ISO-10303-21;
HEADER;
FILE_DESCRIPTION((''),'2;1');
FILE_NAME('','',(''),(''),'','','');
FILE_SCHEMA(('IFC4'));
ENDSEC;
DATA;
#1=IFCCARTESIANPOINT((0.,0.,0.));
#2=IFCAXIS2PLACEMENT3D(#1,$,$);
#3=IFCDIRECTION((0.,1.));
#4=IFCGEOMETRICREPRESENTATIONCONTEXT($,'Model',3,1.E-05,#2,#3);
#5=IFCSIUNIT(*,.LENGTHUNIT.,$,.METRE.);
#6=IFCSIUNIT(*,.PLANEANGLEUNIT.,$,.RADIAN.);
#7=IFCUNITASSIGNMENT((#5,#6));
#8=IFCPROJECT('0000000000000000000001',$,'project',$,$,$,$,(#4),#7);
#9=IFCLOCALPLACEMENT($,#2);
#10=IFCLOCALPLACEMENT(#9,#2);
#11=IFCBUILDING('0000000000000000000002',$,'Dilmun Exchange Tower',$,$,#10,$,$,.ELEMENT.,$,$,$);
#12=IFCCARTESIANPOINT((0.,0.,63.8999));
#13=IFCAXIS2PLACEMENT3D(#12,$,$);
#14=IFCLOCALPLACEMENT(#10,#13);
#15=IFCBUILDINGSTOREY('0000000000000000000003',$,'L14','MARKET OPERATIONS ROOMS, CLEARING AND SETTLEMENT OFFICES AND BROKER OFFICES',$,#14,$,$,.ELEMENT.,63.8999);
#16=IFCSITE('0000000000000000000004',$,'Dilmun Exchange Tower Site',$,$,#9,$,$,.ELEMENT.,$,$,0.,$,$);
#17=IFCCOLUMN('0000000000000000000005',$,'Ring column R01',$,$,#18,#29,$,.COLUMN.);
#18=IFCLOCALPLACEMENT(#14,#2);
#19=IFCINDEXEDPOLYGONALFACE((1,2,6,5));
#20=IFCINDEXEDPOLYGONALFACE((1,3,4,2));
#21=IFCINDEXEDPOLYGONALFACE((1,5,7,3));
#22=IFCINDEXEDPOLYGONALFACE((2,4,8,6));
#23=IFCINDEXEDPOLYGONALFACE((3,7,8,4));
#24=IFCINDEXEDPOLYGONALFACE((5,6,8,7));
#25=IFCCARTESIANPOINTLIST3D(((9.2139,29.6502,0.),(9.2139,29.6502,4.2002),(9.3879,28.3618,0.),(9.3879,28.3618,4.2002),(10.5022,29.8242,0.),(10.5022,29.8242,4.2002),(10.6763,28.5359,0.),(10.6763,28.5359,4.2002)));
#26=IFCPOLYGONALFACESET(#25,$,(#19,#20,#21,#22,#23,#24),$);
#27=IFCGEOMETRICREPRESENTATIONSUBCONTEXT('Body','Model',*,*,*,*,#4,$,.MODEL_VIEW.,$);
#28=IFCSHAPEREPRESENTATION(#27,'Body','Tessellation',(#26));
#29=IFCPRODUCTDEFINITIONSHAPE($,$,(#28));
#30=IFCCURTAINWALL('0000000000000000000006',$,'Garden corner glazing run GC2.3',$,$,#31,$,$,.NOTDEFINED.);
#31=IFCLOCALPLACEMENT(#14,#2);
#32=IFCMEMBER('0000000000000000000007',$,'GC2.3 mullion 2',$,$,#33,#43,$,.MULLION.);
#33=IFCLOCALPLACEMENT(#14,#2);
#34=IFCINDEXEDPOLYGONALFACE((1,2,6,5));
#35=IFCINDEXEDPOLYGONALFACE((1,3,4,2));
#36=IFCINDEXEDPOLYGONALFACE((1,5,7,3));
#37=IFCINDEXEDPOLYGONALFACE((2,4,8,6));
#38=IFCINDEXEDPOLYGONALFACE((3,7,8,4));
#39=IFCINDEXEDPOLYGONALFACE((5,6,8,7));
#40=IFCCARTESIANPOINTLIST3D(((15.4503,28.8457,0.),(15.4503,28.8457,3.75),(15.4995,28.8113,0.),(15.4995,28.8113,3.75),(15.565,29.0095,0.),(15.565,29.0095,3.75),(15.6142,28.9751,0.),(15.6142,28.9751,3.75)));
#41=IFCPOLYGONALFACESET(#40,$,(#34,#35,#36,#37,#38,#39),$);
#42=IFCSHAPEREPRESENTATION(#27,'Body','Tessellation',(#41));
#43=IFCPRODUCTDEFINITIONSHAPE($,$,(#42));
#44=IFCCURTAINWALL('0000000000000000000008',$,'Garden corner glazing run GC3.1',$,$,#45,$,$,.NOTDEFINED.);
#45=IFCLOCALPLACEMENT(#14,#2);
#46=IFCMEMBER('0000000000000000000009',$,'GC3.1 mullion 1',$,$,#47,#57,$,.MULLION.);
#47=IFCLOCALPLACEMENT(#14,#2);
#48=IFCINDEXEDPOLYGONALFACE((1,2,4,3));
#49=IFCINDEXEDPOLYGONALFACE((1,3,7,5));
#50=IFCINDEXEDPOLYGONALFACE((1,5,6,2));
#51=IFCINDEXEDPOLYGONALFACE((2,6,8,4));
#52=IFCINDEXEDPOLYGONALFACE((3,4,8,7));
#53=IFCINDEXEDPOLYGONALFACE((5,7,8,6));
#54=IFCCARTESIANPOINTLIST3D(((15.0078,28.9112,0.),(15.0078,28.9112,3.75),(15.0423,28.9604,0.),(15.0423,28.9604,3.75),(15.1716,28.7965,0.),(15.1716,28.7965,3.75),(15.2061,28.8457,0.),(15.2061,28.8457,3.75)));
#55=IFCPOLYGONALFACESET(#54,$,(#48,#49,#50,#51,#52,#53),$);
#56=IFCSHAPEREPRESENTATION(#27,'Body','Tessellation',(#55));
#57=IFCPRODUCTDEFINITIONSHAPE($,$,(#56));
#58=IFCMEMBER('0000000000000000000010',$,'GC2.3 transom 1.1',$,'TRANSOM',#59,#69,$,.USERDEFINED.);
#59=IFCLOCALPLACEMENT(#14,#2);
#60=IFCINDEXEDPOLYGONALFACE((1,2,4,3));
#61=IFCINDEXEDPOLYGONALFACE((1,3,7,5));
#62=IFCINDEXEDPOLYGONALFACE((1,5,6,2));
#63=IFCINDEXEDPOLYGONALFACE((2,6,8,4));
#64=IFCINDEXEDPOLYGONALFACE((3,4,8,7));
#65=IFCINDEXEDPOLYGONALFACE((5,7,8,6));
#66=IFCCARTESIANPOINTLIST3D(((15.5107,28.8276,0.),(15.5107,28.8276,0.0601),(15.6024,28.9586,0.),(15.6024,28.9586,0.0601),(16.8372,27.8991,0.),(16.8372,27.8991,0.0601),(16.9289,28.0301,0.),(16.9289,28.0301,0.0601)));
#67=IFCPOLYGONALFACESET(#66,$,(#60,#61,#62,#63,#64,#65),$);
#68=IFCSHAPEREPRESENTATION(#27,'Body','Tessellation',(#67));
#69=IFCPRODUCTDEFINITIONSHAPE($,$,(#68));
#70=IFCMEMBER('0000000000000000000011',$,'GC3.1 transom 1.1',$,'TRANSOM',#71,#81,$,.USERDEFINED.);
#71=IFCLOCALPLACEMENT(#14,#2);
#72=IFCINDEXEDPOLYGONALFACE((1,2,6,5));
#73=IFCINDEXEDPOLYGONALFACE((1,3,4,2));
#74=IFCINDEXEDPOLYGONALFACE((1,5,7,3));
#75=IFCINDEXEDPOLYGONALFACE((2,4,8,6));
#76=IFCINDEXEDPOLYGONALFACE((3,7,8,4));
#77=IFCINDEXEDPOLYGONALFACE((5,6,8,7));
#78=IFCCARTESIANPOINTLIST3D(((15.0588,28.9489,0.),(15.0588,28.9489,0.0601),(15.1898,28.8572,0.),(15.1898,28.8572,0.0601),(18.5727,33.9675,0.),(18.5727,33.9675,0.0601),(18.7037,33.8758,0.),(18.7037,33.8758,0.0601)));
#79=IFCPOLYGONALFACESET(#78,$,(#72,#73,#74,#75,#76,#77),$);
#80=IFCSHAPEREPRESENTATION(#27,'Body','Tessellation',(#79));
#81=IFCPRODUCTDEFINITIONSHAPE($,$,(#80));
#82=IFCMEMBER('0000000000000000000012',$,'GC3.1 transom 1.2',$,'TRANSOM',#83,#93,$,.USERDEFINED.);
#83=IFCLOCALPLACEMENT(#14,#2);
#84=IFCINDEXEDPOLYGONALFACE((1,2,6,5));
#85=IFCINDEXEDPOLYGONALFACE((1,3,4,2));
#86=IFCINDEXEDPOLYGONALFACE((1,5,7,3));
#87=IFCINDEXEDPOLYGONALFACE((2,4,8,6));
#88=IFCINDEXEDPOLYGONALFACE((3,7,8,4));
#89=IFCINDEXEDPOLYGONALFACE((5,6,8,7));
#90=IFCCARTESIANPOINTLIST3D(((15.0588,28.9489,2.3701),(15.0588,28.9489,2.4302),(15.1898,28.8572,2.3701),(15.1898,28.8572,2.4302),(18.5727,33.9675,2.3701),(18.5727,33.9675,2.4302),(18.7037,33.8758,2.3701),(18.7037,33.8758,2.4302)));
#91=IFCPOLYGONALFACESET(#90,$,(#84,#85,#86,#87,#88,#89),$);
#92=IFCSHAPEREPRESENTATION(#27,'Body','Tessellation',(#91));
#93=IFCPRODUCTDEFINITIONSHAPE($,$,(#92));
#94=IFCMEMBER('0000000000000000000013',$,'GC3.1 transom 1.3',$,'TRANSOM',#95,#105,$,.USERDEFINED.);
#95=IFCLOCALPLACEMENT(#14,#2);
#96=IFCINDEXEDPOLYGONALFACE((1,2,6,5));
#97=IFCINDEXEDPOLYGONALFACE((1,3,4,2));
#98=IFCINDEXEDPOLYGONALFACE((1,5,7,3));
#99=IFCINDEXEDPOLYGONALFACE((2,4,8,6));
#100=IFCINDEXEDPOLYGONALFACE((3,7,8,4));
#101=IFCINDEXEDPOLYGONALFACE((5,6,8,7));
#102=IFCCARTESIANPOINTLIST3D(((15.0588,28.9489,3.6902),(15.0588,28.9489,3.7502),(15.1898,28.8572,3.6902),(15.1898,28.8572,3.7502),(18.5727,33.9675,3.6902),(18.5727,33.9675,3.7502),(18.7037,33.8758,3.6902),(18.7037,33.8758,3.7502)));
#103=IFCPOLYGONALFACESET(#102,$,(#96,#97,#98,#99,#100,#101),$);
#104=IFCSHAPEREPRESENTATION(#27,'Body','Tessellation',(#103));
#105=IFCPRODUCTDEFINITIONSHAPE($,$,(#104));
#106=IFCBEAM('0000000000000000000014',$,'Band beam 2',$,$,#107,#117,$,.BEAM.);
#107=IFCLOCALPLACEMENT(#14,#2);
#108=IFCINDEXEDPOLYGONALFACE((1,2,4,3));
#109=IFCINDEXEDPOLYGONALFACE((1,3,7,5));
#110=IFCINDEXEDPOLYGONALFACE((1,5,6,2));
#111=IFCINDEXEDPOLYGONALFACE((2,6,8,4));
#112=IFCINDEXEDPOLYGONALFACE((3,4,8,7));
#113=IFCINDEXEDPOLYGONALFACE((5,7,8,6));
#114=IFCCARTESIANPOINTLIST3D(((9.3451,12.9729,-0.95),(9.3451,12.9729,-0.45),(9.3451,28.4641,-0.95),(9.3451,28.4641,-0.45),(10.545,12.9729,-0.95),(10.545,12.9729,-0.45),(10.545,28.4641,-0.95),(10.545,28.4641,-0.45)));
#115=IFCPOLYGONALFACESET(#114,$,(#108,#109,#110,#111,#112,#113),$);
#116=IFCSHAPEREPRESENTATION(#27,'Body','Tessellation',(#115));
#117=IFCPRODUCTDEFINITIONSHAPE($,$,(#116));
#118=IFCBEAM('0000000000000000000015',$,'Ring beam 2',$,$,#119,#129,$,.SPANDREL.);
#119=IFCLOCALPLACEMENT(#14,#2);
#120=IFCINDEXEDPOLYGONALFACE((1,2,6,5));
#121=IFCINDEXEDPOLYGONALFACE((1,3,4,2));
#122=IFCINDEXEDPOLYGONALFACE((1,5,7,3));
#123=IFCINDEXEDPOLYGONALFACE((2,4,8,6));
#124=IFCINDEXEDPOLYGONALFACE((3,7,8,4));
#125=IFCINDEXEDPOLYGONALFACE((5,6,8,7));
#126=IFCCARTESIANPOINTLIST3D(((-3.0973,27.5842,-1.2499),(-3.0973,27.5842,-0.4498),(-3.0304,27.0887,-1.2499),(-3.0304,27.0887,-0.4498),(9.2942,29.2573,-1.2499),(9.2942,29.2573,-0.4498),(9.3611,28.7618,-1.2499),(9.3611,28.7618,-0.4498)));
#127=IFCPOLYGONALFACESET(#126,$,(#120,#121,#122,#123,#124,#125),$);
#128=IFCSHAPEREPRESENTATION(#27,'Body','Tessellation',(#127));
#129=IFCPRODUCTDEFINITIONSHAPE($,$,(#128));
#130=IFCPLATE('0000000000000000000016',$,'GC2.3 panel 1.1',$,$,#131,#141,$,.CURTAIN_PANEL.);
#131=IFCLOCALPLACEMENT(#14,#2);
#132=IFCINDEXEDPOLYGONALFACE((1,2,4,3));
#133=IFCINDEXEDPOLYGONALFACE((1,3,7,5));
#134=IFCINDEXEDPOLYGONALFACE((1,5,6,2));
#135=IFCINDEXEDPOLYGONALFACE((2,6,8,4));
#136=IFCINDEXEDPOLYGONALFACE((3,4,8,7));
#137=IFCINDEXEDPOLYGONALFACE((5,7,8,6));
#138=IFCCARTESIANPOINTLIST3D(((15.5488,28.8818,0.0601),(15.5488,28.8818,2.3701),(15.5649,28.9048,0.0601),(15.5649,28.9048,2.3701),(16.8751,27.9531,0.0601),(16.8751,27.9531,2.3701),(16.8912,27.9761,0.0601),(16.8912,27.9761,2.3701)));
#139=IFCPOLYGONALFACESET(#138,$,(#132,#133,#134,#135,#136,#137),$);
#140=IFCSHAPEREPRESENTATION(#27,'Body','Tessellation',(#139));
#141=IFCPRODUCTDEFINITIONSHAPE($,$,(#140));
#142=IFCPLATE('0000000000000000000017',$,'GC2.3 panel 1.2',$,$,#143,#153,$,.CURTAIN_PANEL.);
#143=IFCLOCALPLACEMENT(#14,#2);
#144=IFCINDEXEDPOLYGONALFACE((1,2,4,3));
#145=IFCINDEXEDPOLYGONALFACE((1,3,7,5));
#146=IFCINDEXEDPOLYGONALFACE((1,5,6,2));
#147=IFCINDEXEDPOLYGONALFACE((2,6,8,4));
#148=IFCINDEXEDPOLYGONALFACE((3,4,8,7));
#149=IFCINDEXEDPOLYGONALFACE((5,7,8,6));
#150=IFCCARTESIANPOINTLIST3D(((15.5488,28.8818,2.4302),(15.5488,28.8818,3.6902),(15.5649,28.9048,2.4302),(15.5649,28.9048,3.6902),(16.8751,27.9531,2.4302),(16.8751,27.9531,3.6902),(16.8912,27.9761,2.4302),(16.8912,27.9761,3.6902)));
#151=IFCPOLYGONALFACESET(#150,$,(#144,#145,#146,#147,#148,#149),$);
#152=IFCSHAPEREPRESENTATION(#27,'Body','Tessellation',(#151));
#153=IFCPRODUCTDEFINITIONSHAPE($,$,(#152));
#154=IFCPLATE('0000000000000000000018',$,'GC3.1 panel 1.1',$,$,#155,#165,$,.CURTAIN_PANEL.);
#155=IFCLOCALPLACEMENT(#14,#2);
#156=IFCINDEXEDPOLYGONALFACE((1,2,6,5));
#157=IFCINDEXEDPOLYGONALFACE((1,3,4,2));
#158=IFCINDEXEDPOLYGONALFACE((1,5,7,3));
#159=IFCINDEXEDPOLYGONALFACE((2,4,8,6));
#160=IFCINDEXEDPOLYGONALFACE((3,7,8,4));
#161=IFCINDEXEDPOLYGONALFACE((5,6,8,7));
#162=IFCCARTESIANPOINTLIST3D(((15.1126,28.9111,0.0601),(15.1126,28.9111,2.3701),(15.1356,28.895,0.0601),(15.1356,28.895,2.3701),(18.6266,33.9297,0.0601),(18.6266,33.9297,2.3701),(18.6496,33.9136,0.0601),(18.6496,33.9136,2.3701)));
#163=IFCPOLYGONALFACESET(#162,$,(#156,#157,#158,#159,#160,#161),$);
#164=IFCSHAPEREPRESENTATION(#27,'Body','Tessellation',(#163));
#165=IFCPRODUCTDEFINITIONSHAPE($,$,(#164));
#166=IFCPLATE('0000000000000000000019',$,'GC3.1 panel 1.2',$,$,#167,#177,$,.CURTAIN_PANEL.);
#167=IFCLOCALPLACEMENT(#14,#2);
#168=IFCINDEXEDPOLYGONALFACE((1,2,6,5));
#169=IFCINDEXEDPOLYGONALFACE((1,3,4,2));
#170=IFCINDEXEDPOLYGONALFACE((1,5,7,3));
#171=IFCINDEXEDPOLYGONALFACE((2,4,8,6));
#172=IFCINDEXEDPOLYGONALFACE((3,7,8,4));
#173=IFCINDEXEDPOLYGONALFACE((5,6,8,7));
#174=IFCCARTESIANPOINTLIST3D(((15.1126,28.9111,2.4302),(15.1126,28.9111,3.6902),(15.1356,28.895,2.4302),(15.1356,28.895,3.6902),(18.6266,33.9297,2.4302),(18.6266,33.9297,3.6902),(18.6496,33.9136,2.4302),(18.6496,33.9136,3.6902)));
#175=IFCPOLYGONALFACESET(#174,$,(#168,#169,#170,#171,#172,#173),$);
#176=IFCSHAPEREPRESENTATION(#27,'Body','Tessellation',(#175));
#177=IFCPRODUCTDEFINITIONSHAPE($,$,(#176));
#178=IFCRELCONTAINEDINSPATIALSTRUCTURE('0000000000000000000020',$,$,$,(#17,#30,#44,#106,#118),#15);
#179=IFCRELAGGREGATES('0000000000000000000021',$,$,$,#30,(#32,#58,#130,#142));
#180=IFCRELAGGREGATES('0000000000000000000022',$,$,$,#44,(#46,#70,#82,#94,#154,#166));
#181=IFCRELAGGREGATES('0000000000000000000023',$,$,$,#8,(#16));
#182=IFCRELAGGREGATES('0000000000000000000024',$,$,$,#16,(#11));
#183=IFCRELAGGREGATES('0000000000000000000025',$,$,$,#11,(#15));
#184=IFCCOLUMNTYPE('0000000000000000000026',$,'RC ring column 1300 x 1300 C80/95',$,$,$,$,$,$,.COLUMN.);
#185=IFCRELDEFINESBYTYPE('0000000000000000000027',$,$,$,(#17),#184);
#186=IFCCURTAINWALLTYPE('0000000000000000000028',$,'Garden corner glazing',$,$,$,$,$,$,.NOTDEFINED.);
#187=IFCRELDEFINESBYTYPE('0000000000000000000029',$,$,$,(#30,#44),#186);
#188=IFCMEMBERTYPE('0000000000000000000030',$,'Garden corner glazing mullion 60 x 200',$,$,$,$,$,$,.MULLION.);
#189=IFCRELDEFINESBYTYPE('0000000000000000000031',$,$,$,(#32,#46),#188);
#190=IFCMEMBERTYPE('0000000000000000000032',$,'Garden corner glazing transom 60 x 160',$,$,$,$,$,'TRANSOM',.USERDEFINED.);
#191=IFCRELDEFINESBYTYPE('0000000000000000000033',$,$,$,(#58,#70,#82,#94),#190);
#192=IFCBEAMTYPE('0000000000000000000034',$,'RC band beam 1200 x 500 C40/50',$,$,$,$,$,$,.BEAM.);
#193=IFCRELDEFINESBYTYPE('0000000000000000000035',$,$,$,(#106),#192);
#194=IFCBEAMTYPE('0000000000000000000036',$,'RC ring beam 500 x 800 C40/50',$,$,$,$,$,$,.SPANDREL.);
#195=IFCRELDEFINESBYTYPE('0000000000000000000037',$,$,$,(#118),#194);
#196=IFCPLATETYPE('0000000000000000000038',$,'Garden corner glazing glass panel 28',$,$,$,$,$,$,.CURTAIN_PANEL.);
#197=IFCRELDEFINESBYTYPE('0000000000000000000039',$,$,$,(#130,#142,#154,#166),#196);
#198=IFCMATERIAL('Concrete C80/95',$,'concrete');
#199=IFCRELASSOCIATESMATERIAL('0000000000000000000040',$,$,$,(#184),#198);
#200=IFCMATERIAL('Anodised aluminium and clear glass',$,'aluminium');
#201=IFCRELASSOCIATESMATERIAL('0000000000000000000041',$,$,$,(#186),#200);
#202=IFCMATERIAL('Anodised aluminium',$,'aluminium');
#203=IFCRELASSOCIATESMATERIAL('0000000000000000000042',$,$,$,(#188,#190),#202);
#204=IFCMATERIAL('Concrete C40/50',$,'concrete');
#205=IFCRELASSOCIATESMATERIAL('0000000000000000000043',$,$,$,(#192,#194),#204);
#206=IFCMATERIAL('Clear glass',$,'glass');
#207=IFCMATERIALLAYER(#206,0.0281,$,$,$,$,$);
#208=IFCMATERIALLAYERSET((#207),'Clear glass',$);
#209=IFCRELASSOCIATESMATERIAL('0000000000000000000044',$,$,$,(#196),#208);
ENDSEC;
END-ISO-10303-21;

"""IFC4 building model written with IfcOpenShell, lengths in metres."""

from ifc_helpers import new_model, si_unit, direction, frame, origin, origin_2d, place, context, subcontext, project, spatial, rectangle, extrude, material, layer, layer_set, material_profile, profile_set, type_object, element, aggregate, save


model = new_model("IFC4")

# Units and contexts
model_context = context("Model", 3, precision=1e-05, world=origin(), true_north=direction((0.0, 1.0)))
body_context = subcontext(model_context, "Body", "Model", "MODEL_VIEW")
ifc_project = project(units=[si_unit("LENGTHUNIT", "METRE"), si_unit("PLANEANGLEUNIT", "RADIAN")], contexts=[model_context])

# Site, building, storey
site_placement = place(None, origin())
site = spatial("IfcSite", under=ifc_project, at=site_placement, Name="Dilmun Exchange Tower Site", CompositionType="ELEMENT", RefElevation=0.0)
building_placement = place(site_placement, origin())
building = spatial("IfcBuilding", under=site, at=building_placement, Name="Dilmun Exchange Tower", CompositionType="ELEMENT")
storey_placement = place(building_placement, frame((0.0, 0.0, 63.8999)))
storey = spatial("IfcBuildingStorey", under=building, at=storey_placement, Name="L14", Description="MARKET OPERATIONS ROOMS, CLEARING AND SETTLEMENT OFFICES AND BROKER OFFICES", CompositionType="ELEMENT", Elevation=63.8999)

# Column
ifc_material_1 = material(Name="Concrete C80/95", Category="concrete")
ifc_material_profile_1 = material_profile(ifc_material_1, rectangle(XDim=1.3, YDim=1.3, at=origin_2d()), Name="1300 x 1300")
ifc_profile_set_1 = profile_set([ifc_material_profile_1], Name="Concrete C80/95")
column_type = type_object("IfcColumnType", Name="RC ring column 1300 x 1300 C80/95", PredefinedType="COLUMN", material=ifc_profile_set_1)
column_placement = place(storey_placement, frame((9.9451, 29.093, 0.0), z_axis=(0.0, 0.0, 1.0), x_axis=(0.991001, 0.133853, 0.0)))
element("IfcColumn", 1, at=column_placement, inside=storey, type_object=column_type, Name="Ring column R01", PredefinedType="COLUMN", context=body_context, shape_type="SweptSolid", body=[
    extrude(rectangle(XDim=1.3, YDim=1.3, at=origin_2d()), origin(), (0.0, 0.0, 1.0), 4.2002),
])

# Curtain walls, members
ifc_material_2 = material(Name="Anodised aluminium and clear glass", Category="aluminium")
curtain_wall_type = type_object("IfcCurtainWallType", Name="Garden corner glazing", PredefinedType="NOTDEFINED", material=ifc_material_2)
curtain_wall_1_placement = place(storey_placement, origin())
curtain_wall_1 = element("IfcCurtainWall", 2, at=curtain_wall_1_placement, inside=storey, type_object=curtain_wall_type, Name="Garden corner glazing run GC2.3", PredefinedType="NOTDEFINED")
ifc_material_3 = material(Name="Anodised aluminium", Category="aluminium")
ifc_material_profile_2 = material_profile(ifc_material_3, rectangle(XDim=0.2, YDim=0.0601, at=origin_2d()), Name="AL 60x200")
ifc_profile_set_2 = profile_set([ifc_material_profile_2], Name="Anodised aluminium")
member_type_1 = type_object("IfcMemberType", Name="Garden corner glazing mullion 60 x 200", PredefinedType="MULLION", material=ifc_profile_set_2)
member_1_placement = place(storey_placement, frame((15.5322, 28.9104, 0.0), z_axis=(0.0, 0.0, 1.0), x_axis=(-0.57357, -0.819156, 0.0)))
member_1 = element("IfcMember", 3, at=member_1_placement, type_object=member_type_1, Name="GC2.3 mullion 2", PredefinedType="MULLION", context=body_context, shape_type="SweptSolid", body=[
    extrude(rectangle(XDim=0.2, YDim=0.0601, at=origin_2d()), origin(), (0.0, 0.0, 1.0), 3.75),
])
curtain_wall_2_placement = place(storey_placement, origin())
curtain_wall_2 = element("IfcCurtainWall", 4, at=curtain_wall_2_placement, inside=storey, type_object=curtain_wall_type, Name="Garden corner glazing run GC3.1", PredefinedType="NOTDEFINED")
member_2_placement = place(storey_placement, frame((15.1069, 28.8784, 0.0), z_axis=(0.0, 0.0, 1.0), x_axis=(-0.819154, 0.573574, 0.0)))
member_2 = element("IfcMember", 5, at=member_2_placement, type_object=member_type_1, Name="GC3.1 mullion 1", PredefinedType="MULLION", context=body_context, shape_type="SweptSolid", body=[
    extrude(rectangle(XDim=0.2, YDim=0.0601, at=origin_2d()), origin(), (0.0, 0.0, 1.0), 3.75),
])

# Members
ifc_material_profile_3 = material_profile(ifc_material_3, rectangle(XDim=0.1599, YDim=0.0601, at=origin_2d()), Name="AL 60x160")
ifc_profile_set_3 = profile_set([ifc_material_profile_3], Name="Anodised aluminium")
member_type_2 = type_object("IfcMemberType", Name="Garden corner glazing transom 60 x 160", ElementType="TRANSOM", PredefinedType="USERDEFINED", material=ifc_profile_set_3)
member_3_placement = place(storey_placement, frame((16.8831, 27.9646, 0.03), z_axis=(-0.819239, 0.573452, 0.0), x_axis=(-0.573452, -0.819239, 0.0)))
member_3 = element("IfcMember", 6, at=member_3_placement, type_object=member_type_2, Name="GC2.3 transom 1.1", ObjectType="TRANSOM", PredefinedType="USERDEFINED", context=body_context, shape_type="SweptSolid", body=[
    extrude(rectangle(XDim=0.1599, YDim=0.0601, at=origin_2d()), origin(), (0.0, 0.0, 1.0), 1.6191),
])
member_4_placement = place(storey_placement, frame((15.1243, 28.9031, 0.03), z_axis=(0.573564, 0.819161, 0.0), x_axis=(-0.819161, 0.573564, 0.0)))
member_4 = element("IfcMember", 7, at=member_4_placement, type_object=member_type_2, Name="GC3.1 transom 1.1", ObjectType="TRANSOM", PredefinedType="USERDEFINED", context=body_context, shape_type="SweptSolid", body=[
    extrude(rectangle(XDim=0.1599, YDim=0.0601, at=origin_2d()), origin(), (0.0, 0.0, 1.0), 6.1265),
])
member_5_placement = place(storey_placement, frame((15.1243, 28.9031, 2.4001), z_axis=(0.573564, 0.819161, 0.0), x_axis=(-0.819161, 0.573564, 0.0)))
member_5 = element("IfcMember", 8, at=member_5_placement, type_object=member_type_2, Name="GC3.1 transom 1.2", ObjectType="TRANSOM", PredefinedType="USERDEFINED", context=body_context, shape_type="SweptSolid", body=[
    extrude(rectangle(XDim=0.1599, YDim=0.0601, at=origin_2d()), origin(), (0.0, 0.0, 1.0), 6.1265),
])
member_6_placement = place(storey_placement, frame((15.1243, 28.9031, 3.7202), z_axis=(0.573564, 0.819161, 0.0), x_axis=(-0.819161, 0.573564, 0.0)))
member_6 = element("IfcMember", 9, at=member_6_placement, type_object=member_type_2, Name="GC3.1 transom 1.3", ObjectType="TRANSOM", PredefinedType="USERDEFINED", context=body_context, shape_type="SweptSolid", body=[
    extrude(rectangle(XDim=0.1599, YDim=0.0601, at=origin_2d()), origin(), (0.0, 0.0, 1.0), 6.1265),
])

# Beams
ifc_material_4 = material(Name="Concrete C40/50", Category="concrete")
ifc_material_profile_4 = material_profile(ifc_material_4, rectangle(XDim=1.2, YDim=0.5, at=origin_2d()), Name="1200 x 500")
ifc_profile_set_4 = profile_set([ifc_material_profile_4], Name="Concrete C40/50")
beam_type_1 = type_object("IfcBeamType", Name="RC band beam 1200 x 500 C40/50", PredefinedType="BEAM", material=ifc_profile_set_4)
beam_1_placement = place(storey_placement, frame((9.9451, 28.4641, -0.7), z_axis=(0.0, -1.0, 0.0), x_axis=(1.0, 0.0, 0.0)))
element("IfcBeam", 10, at=beam_1_placement, inside=storey, type_object=beam_type_1, Name="Band beam 2", PredefinedType="BEAM", context=body_context, shape_type="SweptSolid", body=[
    extrude(rectangle(XDim=1.2, YDim=0.5, at=origin_2d()), origin(), (0.0, 0.0, 1.0), 15.4912),
])
ifc_material_profile_5 = material_profile(ifc_material_4, rectangle(XDim=0.5, YDim=0.8, at=origin_2d()), Name="500 x 800")
ifc_profile_set_5 = profile_set([ifc_material_profile_5], Name="Concrete C40/50")
beam_type_2 = type_object("IfcBeamType", Name="RC ring beam 500 x 800 C40/50", PredefinedType="SPANDREL", material=ifc_profile_set_5)
beam_2_placement = place(storey_placement, frame((9.3276, 29.0095, -0.8499), z_axis=(-0.991007, -0.133807, 0.0), x_axis=(0.133807, -0.991007, 0.0)))
element("IfcBeam", 11, at=beam_2_placement, inside=storey, type_object=beam_type_2, Name="Ring beam 2", PredefinedType="SPANDREL", context=body_context, shape_type="SweptSolid", body=[
    extrude(rectangle(XDim=0.5, YDim=0.8, at=origin_2d()), origin(), (0.0, 0.0, 1.0), 12.5039),
])

# Plates
ifc_material_5 = material(Name="Clear glass", Category="glass")
ifc_layer = layer(ifc_material_5, 0.0281)
ifc_layer_set = layer_set([ifc_layer], Name="Clear glass")
plate_type = type_object("IfcPlateType", Name="Garden corner glazing glass panel 28", PredefinedType="CURTAIN_PANEL", material=ifc_layer_set)
plate_1_placement = place(storey_placement, frame((16.22, 28.429, 0.0601), z_axis=(0.0, 0.0, 1.0), x_axis=(-0.819156, 0.57357, 0.0)))
plate_1 = element("IfcPlate", 12, at=plate_1_placement, type_object=plate_type, Name="GC2.3 panel 1.1", PredefinedType="CURTAIN_PANEL", context=body_context, shape_type="SweptSolid", body=[
    extrude(rectangle(XDim=1.6191, YDim=0.0281, at=origin_2d()), origin(), (0.0, 0.0, 1.0), 2.3101),
])
plate_2_placement = place(storey_placement, frame((16.22, 28.429, 2.4302), z_axis=(0.0, 0.0, 1.0), x_axis=(-0.819156, 0.57357, 0.0)))
plate_2 = element("IfcPlate", 13, at=plate_2_placement, type_object=plate_type, Name="GC2.3 panel 1.2", PredefinedType="CURTAIN_PANEL", context=body_context, shape_type="SweptSolid", body=[
    extrude(rectangle(XDim=1.6191, YDim=0.0281, at=origin_2d()), origin(), (0.0, 0.0, 1.0), 1.26),
])
aggregate(curtain_wall_1, [member_1, member_3, plate_1, plate_2])
plate_3_placement = place(storey_placement, frame((16.8811, 31.4124, 0.0601), z_axis=(0.0, 0.0, 1.0), x_axis=(0.573574, 0.819154, 0.0)))
plate_3 = element("IfcPlate", 14, at=plate_3_placement, type_object=plate_type, Name="GC3.1 panel 1.1", PredefinedType="CURTAIN_PANEL", context=body_context, shape_type="SweptSolid", body=[
    extrude(rectangle(XDim=6.1265, YDim=0.0281, at=origin_2d()), origin(), (0.0, 0.0, 1.0), 2.3101),
])
plate_4_placement = place(storey_placement, frame((16.8811, 31.4124, 2.4302), z_axis=(0.0, 0.0, 1.0), x_axis=(0.573574, 0.819154, 0.0)))
plate_4 = element("IfcPlate", 15, at=plate_4_placement, type_object=plate_type, Name="GC3.1 panel 1.2", PredefinedType="CURTAIN_PANEL", context=body_context, shape_type="SweptSolid", body=[
    extrude(rectangle(XDim=6.1265, YDim=0.0281, at=origin_2d()), origin(), (0.0, 0.0, 1.0), 1.26),
])
aggregate(curtain_wall_2, [member_2, member_4, member_5, member_6, plate_3, plate_4])

save(model, "model.ifc")
